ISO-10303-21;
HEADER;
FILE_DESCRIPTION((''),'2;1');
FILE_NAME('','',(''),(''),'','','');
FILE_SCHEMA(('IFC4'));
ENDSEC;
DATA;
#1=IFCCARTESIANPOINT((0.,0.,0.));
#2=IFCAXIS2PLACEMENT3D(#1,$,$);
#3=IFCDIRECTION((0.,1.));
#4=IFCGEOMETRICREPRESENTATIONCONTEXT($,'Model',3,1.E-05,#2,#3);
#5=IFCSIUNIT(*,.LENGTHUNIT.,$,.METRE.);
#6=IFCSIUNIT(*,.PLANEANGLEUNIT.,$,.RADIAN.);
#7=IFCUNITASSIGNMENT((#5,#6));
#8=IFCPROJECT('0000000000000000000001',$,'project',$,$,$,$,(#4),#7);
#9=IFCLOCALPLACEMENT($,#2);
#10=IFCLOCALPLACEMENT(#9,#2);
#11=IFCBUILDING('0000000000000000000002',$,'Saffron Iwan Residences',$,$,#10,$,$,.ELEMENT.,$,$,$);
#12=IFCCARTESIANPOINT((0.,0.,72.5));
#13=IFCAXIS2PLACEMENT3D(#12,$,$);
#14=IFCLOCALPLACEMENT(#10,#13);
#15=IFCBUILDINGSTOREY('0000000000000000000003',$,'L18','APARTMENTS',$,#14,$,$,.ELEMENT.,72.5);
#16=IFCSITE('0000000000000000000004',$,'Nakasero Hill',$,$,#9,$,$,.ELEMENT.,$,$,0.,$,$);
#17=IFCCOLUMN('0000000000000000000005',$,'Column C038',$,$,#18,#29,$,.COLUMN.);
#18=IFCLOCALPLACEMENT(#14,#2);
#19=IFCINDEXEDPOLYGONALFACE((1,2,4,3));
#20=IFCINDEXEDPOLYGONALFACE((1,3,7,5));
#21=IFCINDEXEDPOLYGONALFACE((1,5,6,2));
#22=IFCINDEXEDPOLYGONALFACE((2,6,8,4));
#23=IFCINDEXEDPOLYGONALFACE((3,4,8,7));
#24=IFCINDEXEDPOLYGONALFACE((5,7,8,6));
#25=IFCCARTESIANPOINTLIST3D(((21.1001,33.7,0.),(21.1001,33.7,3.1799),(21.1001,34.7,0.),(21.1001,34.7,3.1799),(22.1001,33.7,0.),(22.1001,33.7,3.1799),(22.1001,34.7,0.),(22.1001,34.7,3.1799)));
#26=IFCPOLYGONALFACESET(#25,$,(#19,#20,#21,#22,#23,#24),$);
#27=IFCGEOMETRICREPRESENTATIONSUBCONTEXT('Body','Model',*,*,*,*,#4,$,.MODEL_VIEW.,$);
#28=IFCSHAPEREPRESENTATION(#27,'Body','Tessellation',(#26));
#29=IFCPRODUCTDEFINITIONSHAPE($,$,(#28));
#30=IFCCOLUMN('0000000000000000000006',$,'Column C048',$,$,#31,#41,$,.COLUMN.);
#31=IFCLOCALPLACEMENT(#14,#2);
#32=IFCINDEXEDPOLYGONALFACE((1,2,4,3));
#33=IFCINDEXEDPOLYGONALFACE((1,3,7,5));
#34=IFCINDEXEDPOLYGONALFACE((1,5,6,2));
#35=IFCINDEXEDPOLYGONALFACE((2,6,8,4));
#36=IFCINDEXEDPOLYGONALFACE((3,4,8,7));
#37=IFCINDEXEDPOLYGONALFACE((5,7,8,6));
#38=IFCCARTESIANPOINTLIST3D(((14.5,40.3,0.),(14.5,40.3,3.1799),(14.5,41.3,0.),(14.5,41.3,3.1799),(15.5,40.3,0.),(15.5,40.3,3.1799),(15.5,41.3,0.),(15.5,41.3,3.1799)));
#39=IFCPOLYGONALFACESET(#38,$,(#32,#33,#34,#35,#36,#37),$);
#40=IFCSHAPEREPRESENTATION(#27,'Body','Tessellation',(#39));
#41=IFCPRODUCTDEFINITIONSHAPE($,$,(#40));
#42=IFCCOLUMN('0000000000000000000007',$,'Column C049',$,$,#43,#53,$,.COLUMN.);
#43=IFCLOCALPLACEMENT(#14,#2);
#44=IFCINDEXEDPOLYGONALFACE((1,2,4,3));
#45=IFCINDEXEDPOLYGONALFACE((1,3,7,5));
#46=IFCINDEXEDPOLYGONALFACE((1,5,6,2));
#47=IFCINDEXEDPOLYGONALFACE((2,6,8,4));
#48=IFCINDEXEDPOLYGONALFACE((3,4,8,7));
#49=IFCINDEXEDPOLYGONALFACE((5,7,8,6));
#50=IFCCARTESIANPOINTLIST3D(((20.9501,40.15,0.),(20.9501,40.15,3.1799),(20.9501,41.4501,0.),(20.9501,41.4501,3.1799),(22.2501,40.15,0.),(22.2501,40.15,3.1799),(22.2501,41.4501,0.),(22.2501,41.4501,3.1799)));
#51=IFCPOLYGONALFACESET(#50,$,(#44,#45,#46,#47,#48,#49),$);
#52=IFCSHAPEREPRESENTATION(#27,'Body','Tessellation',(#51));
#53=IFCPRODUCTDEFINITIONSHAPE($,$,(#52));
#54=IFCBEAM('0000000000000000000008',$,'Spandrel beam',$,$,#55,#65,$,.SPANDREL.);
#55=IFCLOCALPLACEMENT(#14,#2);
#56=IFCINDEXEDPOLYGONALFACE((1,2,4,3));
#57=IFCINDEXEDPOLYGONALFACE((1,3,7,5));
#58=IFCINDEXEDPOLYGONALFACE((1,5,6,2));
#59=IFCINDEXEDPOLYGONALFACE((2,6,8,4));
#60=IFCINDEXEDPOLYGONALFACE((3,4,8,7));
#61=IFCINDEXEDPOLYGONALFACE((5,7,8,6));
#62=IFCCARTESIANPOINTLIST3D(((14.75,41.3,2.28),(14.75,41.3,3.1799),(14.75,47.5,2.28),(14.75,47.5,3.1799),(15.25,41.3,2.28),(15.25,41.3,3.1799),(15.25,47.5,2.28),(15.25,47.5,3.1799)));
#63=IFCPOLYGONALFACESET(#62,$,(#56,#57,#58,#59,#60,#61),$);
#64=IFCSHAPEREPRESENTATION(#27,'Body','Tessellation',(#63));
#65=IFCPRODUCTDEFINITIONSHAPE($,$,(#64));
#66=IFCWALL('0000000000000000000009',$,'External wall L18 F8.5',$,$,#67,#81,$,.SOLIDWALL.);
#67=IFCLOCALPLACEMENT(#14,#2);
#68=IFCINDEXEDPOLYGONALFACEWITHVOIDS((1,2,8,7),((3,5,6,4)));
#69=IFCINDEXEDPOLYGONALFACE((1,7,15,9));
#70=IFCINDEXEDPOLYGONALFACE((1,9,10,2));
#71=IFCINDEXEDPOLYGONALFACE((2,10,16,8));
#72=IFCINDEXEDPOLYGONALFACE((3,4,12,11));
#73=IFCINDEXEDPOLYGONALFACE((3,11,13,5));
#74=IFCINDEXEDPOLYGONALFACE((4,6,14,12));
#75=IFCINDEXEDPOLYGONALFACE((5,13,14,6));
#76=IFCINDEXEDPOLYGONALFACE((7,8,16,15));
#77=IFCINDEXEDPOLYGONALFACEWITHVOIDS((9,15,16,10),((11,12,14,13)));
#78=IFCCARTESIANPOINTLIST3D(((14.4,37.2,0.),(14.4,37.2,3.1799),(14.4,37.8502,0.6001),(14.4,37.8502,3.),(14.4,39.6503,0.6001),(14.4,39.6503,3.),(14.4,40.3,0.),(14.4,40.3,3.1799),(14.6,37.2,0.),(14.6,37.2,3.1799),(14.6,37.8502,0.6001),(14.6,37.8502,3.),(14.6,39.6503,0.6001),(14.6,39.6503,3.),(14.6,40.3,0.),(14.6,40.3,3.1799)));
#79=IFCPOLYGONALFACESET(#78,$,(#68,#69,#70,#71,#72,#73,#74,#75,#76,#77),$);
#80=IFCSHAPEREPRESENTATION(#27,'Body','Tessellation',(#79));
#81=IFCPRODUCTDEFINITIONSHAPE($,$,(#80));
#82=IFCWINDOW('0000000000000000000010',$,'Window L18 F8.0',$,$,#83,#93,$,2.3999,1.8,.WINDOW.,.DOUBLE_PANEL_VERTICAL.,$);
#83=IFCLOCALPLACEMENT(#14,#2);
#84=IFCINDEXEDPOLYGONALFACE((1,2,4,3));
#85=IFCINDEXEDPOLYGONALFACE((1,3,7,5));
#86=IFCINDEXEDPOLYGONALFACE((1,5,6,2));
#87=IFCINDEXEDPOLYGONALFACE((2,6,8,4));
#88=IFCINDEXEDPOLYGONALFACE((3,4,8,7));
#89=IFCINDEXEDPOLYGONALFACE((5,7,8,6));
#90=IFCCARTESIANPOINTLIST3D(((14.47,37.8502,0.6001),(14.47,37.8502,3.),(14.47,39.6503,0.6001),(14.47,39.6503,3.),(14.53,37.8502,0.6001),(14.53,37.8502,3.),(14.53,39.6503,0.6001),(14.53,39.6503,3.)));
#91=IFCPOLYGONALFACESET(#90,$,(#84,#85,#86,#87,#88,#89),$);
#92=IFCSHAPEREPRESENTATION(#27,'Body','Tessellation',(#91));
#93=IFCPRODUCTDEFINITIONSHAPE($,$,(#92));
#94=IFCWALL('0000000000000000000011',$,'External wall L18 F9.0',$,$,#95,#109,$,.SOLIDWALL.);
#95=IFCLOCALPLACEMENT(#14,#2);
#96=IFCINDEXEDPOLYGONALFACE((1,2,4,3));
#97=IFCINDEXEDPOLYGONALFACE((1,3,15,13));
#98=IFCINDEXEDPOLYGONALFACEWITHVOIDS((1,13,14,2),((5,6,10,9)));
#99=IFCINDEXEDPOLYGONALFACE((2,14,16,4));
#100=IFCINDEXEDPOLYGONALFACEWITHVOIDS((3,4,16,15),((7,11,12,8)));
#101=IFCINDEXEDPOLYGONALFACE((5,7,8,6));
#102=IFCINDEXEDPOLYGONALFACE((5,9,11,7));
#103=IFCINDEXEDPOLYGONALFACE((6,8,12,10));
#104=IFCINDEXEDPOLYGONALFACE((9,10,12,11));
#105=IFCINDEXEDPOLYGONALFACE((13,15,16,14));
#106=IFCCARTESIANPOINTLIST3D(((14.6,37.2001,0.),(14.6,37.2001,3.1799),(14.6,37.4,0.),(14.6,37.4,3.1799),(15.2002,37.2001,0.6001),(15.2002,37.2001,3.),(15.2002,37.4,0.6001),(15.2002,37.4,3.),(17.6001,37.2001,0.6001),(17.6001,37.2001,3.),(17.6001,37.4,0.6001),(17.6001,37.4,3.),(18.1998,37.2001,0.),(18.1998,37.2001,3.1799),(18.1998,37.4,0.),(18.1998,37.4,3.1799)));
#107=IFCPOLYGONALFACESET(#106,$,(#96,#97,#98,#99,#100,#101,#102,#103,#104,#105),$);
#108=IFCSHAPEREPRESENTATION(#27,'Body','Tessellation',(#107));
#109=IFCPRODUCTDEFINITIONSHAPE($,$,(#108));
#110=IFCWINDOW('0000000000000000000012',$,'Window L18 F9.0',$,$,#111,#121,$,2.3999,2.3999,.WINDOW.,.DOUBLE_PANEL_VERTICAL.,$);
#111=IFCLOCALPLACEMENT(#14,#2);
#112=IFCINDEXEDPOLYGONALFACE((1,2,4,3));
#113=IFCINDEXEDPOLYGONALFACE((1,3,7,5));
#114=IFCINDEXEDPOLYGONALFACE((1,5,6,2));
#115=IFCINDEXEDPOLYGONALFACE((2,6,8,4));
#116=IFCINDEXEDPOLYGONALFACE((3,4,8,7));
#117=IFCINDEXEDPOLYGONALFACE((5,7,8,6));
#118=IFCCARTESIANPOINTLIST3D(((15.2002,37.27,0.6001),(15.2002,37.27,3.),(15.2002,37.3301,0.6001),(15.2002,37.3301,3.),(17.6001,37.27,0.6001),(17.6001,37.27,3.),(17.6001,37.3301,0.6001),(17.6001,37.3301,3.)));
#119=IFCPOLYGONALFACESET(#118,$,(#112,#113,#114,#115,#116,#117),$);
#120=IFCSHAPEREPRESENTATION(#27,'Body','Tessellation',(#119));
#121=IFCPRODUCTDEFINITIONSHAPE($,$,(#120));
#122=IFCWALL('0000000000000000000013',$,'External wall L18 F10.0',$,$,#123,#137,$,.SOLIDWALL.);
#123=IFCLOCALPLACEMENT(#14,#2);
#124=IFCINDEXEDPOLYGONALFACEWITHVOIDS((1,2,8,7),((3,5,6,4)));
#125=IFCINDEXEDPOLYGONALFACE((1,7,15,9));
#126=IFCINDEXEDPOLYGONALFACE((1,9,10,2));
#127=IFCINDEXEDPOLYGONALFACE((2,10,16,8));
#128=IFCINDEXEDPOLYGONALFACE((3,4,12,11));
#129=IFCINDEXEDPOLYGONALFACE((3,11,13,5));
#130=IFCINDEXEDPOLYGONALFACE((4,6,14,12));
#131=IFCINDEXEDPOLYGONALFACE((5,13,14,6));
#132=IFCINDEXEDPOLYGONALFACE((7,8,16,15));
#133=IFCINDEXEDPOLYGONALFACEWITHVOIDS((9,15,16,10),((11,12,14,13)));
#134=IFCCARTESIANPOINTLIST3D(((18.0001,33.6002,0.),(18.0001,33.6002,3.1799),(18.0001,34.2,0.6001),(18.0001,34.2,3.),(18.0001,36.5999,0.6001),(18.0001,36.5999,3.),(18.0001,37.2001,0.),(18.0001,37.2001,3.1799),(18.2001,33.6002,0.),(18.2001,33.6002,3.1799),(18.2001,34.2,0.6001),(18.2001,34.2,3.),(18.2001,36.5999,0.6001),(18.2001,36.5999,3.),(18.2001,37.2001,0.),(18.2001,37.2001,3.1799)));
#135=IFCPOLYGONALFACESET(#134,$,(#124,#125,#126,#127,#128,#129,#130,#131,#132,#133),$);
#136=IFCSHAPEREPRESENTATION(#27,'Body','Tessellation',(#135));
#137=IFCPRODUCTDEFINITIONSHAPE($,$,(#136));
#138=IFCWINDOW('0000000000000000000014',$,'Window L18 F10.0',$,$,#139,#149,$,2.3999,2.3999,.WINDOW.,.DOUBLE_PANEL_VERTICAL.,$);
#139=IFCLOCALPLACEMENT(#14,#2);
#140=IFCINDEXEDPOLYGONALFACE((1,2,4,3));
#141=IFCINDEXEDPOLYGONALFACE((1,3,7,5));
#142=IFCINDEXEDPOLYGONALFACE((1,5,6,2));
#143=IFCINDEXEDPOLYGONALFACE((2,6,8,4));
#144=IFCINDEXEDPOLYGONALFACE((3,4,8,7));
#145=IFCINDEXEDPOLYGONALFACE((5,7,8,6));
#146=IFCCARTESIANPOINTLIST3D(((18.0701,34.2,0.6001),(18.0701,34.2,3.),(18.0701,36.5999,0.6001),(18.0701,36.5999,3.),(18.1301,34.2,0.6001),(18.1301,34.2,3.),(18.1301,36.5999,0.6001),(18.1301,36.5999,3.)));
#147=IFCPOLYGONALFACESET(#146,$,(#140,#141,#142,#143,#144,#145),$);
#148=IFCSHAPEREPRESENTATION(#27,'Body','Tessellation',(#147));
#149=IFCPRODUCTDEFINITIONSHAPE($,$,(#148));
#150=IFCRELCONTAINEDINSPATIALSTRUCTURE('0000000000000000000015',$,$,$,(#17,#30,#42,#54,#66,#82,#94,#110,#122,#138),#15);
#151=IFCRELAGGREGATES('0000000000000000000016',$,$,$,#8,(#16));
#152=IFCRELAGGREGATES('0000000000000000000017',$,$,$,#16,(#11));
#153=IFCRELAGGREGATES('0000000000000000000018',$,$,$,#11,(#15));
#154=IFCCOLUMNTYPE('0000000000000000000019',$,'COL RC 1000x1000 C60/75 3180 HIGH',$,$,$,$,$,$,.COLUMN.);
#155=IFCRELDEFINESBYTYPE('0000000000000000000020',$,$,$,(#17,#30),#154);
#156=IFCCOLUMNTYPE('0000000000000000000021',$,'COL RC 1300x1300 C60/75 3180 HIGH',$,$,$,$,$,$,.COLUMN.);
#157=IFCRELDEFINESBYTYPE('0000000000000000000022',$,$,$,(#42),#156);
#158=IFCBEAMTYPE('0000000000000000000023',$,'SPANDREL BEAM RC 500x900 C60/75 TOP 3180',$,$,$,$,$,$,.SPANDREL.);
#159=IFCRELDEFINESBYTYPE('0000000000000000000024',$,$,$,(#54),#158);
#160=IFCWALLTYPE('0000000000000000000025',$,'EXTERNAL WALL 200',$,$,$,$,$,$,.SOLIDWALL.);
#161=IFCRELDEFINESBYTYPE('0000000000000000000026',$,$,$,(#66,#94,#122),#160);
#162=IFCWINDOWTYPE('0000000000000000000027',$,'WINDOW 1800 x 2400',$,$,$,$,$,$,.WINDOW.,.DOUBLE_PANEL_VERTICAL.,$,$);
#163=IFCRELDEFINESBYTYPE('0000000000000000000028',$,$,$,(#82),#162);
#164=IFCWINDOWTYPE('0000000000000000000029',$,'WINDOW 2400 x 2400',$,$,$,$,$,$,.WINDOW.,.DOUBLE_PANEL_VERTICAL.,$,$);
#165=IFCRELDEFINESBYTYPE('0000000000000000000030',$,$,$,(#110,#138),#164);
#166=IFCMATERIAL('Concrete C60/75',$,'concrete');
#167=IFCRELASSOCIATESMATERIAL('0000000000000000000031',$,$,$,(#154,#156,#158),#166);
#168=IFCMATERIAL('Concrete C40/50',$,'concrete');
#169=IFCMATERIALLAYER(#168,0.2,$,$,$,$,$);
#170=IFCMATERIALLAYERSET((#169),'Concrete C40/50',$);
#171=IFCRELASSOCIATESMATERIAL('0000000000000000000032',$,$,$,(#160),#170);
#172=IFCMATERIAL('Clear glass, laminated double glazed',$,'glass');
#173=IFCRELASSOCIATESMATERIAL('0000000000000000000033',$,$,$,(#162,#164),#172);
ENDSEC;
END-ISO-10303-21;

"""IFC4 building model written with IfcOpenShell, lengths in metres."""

from ifc_helpers import new_model, si_unit, direction, frame, frame_2d, origin, origin_2d, place, context, subcontext, project, spatial, rectangle, extrude, source, transform, mapped, material, layer, layer_set, material_profile, profile_set, type_object, element, fill, save


model = new_model("IFC4")

# Units and contexts
model_context = context("Model", 3, precision=1e-05, world=origin(), true_north=direction((0.0, 1.0)))
body_context = subcontext(model_context, "Body", "Model", "MODEL_VIEW")
ifc_project = project(units=[si_unit("LENGTHUNIT", "METRE"), si_unit("PLANEANGLEUNIT", "RADIAN")], contexts=[model_context])

# Site, building, storey
site_placement = place(None, origin())
site = spatial("IfcSite", under=ifc_project, at=site_placement, Name="Nakasero Hill", CompositionType="ELEMENT", RefElevation=0.0)
building_placement = place(site_placement, origin())
building = spatial("IfcBuilding", under=site, at=building_placement, Name="Saffron Iwan Residences", CompositionType="ELEMENT")
storey_placement = place(building_placement, frame((0.0, 0.0, 72.5)))
storey = spatial("IfcBuildingStorey", under=building, at=storey_placement, Name="L18", Description="APARTMENTS", CompositionType="ELEMENT", Elevation=72.5)

# Columns
ifc_material_1 = material(Name="Concrete C60/75", Category="concrete")
ifc_material_profile_1 = material_profile(ifc_material_1, rectangle(XDim=1.0, YDim=1.0, at=origin_2d()), Name="RC 1000x1000")
ifc_profile_set_1 = profile_set([ifc_material_profile_1], Name="Concrete C60/75")
column_type_1 = type_object("IfcColumnType", Name="COL RC 1000x1000 C60/75 3180 HIGH", PredefinedType="COLUMN", material=ifc_profile_set_1)
shared_shape_1 = source(origin(), body_context, "Body", "SweptSolid", [
    extrude(rectangle(XDim=1.0, YDim=1.0, at=origin_2d()), origin(), (0.0, 0.0, 1.0), 3.1799),
])
for number, where, z_axis, x_axis, name in (
    (1, (21.6001, 34.2, 0.0), (0.0, 0.0, 1.0), (1.0, 0.0, 0.0), "Column C038"),
    (2, (15.0, 40.8, 0.0), (0.0, 0.0, 1.0), (1.0, 0.0, 0.0), "Column C048"),
):
    element("IfcColumn", number, at=place(storey_placement, frame(where, z_axis=z_axis, x_axis=x_axis)), inside=storey, type_object=column_type_1, Name=name, PredefinedType="COLUMN", context=body_context, shape_type="MappedRepresentation", body=[
        mapped(shared_shape_1, transform((0.0, 0.0, 0.0))),
    ])
ifc_material_profile_2 = material_profile(ifc_material_1, rectangle(XDim=1.3, YDim=1.3, at=origin_2d()), Name="RC 1300x1300")
ifc_profile_set_2 = profile_set([ifc_material_profile_2], Name="Concrete C60/75")
column_type_2 = type_object("IfcColumnType", Name="COL RC 1300x1300 C60/75 3180 HIGH", PredefinedType="COLUMN", material=ifc_profile_set_2)
shared_shape_2 = source(origin(), body_context, "Body", "SweptSolid", [
    extrude(rectangle(XDim=1.3, YDim=1.3, at=origin_2d()), origin(), (0.0, 0.0, 1.0), 3.1799),
])
column_placement = place(storey_placement, frame((21.6001, 40.8, 0.0), z_axis=(0.0, 0.0, 1.0), x_axis=(1.0, 0.0, 0.0)))
element("IfcColumn", 3, at=column_placement, inside=storey, type_object=column_type_2, Name="Column C049", PredefinedType="COLUMN", context=body_context, shape_type="MappedRepresentation", body=[
    mapped(shared_shape_2, transform((0.0, 0.0, 0.0))),
])

# Beam
ifc_material_profile_3 = material_profile(ifc_material_1, rectangle(XDim=0.5, YDim=0.8999, at=origin_2d()), Name="RC 500x900")
ifc_profile_set_3 = profile_set([ifc_material_profile_3], Name="Concrete C60/75")
beam_type = type_object("IfcBeamType", Name="SPANDREL BEAM RC 500x900 C60/75 TOP 3180", PredefinedType="SPANDREL", material=ifc_profile_set_3)
shared_shape_3 = source(origin(), body_context, "Body", "SweptSolid", [
    extrude(rectangle(XDim=0.5, YDim=0.8999, at=origin_2d()), origin(), (0.0, 0.0, 1.0), 6.2),
])
beam_placement = place(storey_placement, frame((15.0, 41.3, 2.73), z_axis=(0.0, 1.0, 0.0), x_axis=(-1.0, 0.0, 0.0)))
element("IfcBeam", 4, at=beam_placement, inside=storey, type_object=beam_type, Name="Spandrel beam", PredefinedType="SPANDREL", context=body_context, shape_type="MappedRepresentation", body=[
    mapped(shared_shape_3, transform((0.0, 0.0, 0.0))),
])

# Walls, openings, windows
ifc_material_2 = material(Name="Concrete C40/50", Category="concrete")
ifc_layer_1 = layer(ifc_material_2, 0.2)
ifc_layer_set_1 = layer_set([ifc_layer_1], Name="Concrete C40/50")
wall_type_1 = type_object("IfcWallType", Name="EXTERNAL WALL 200", PredefinedType="SOLIDWALL", material=ifc_layer_set_1)
wall_1_placement = place(storey_placement, frame((14.5, 40.3, 0.0), z_axis=(0.0, 0.0, 1.0), x_axis=(0.0, -1.0, 0.0)))
wall_1 = element("IfcWall", 5, at=wall_1_placement, inside=storey, type_object=wall_type_1, Name="External wall L18 F8.5", PredefinedType="SOLIDWALL", context=body_context, shape_type="SweptSolid", body=[
    extrude(rectangle(XDim=3.1001, YDim=0.2, at=frame_2d((1.55, 0.0))), origin(), (0.0, 0.0, 1.0), 3.1799),
])
opening_1_placement = place(wall_1_placement, frame((0.6499, 0.0, 0.6001)))
opening_1 = element("IfcOpeningElement", 6, at=opening_1_placement, cuts=wall_1, PredefinedType="OPENING", context=body_context, shape_type="SweptSolid", body=[
    extrude(rectangle(XDim=1.8, YDim=2.3999, at=frame_2d((0.8999, 1.2))), frame((0.0, 0.1099, 0.0), z_axis=(0.0, -1.0, 0.0), x_axis=(1.0, 0.0, 0.0)), (0.0, 0.0, 1.0), 0.22),
])
ifc_material_3 = material(Name="Clear glass, laminated double glazed", Category="glass")
window_type_1 = type_object("IfcWindowType", Name="WINDOW 1800 x 2400", PartitioningType="DOUBLE_PANEL_VERTICAL", PredefinedType="WINDOW", material=ifc_material_3)
window_1_placement = place(opening_1_placement, origin())
window_1 = element("IfcWindow", 7, at=window_1_placement, inside=storey, type_object=window_type_1, Name="Window L18 F8.0", OverallHeight=2.3999, OverallWidth=1.8, PartitioningType="DOUBLE_PANEL_VERTICAL", PredefinedType="WINDOW", context=body_context, shape_type="SweptSolid", body=[
    extrude(rectangle(XDim=1.8, YDim=2.3999, at=frame_2d((0.8999, 1.2))), frame((0.0, 0.03, 0.0), z_axis=(0.0, -1.0, 0.0), x_axis=(1.0, 0.0, 0.0)), (0.0, 0.0, 1.0), 0.0601),
])
fill(opening_1, window_1)
wall_2_placement = place(storey_placement, frame((14.6001, 37.3, 0.0), z_axis=(0.0, 0.0, 1.0), x_axis=(1.0, 0.0, 0.0)))
wall_2 = element("IfcWall", 8, at=wall_2_placement, inside=storey, type_object=wall_type_1, Name="External wall L18 F9.0", PredefinedType="SOLIDWALL", context=body_context, shape_type="SweptSolid", body=[
    extrude(rectangle(XDim=3.5999, YDim=0.2, at=frame_2d((1.7998, 0.0))), origin(), (0.0, 0.0, 1.0), 3.1799),
])
opening_2_placement = place(wall_2_placement, frame((0.6001, 0.0, 0.6001)))
opening_2 = element("IfcOpeningElement", 9, at=opening_2_placement, cuts=wall_2, PredefinedType="OPENING", context=body_context, shape_type="SweptSolid", body=[
    extrude(rectangle(XDim=2.3999, YDim=2.3999, at=frame_2d((1.2, 1.2))), frame((0.0, 0.1099, 0.0), z_axis=(0.0, -1.0, 0.0), x_axis=(1.0, 0.0, 0.0)), (0.0, 0.0, 1.0), 0.22),
])
window_type_2 = type_object("IfcWindowType", Name="WINDOW 2400 x 2400", PartitioningType="DOUBLE_PANEL_VERTICAL", PredefinedType="WINDOW", material=ifc_material_3)
window_2_placement = place(opening_2_placement, origin())
window_2 = element("IfcWindow", 10, at=window_2_placement, inside=storey, type_object=window_type_2, Name="Window L18 F9.0", OverallHeight=2.3999, OverallWidth=2.3999, PartitioningType="DOUBLE_PANEL_VERTICAL", PredefinedType="WINDOW", context=body_context, shape_type="SweptSolid", body=[
    extrude(rectangle(XDim=2.3999, YDim=2.3999, at=frame_2d((1.2, 1.2))), frame((0.0, 0.03, 0.0), z_axis=(0.0, -1.0, 0.0), x_axis=(1.0, 0.0, 0.0)), (0.0, 0.0, 1.0), 0.0601),
])
fill(opening_2, window_2)
wall_3_placement = place(storey_placement, frame((18.1001, 37.2, 0.0), z_axis=(0.0, 0.0, 1.0), x_axis=(0.0, -1.0, 0.0)))
wall_3 = element("IfcWall", 11, at=wall_3_placement, inside=storey, type_object=wall_type_1, Name="External wall L18 F10.0", PredefinedType="SOLIDWALL", context=body_context, shape_type="SweptSolid", body=[
    extrude(rectangle(XDim=3.5999, YDim=0.2, at=frame_2d((1.7998, 0.0))), origin(), (0.0, 0.0, 1.0), 3.1799),
])
opening_3_placement = place(wall_3_placement, frame((0.6001, 0.0, 0.6001)))
opening_3 = element("IfcOpeningElement", 12, at=opening_3_placement, cuts=wall_3, PredefinedType="OPENING", context=body_context, shape_type="SweptSolid", body=[
    extrude(rectangle(XDim=2.3999, YDim=2.3999, at=frame_2d((1.2, 1.2))), frame((0.0, 0.1099, 0.0), z_axis=(0.0, -1.0, 0.0), x_axis=(1.0, 0.0, 0.0)), (0.0, 0.0, 1.0), 0.22),
])
window_3_placement = place(opening_3_placement, origin())
window_3 = element("IfcWindow", 13, at=window_3_placement, inside=storey, type_object=window_type_2, Name="Window L18 F10.0", OverallHeight=2.3999, OverallWidth=2.3999, PartitioningType="DOUBLE_PANEL_VERTICAL", PredefinedType="WINDOW", context=body_context, shape_type="SweptSolid", body=[
    extrude(rectangle(XDim=2.3999, YDim=2.3999, at=frame_2d((1.2, 1.2))), frame((0.0, 0.03, 0.0), z_axis=(0.0, -1.0, 0.0), x_axis=(1.0, 0.0, 0.0)), (0.0, 0.0, 1.0), 0.0601),
])
fill(opening_3, window_3)

save(model, "model.ifc")
